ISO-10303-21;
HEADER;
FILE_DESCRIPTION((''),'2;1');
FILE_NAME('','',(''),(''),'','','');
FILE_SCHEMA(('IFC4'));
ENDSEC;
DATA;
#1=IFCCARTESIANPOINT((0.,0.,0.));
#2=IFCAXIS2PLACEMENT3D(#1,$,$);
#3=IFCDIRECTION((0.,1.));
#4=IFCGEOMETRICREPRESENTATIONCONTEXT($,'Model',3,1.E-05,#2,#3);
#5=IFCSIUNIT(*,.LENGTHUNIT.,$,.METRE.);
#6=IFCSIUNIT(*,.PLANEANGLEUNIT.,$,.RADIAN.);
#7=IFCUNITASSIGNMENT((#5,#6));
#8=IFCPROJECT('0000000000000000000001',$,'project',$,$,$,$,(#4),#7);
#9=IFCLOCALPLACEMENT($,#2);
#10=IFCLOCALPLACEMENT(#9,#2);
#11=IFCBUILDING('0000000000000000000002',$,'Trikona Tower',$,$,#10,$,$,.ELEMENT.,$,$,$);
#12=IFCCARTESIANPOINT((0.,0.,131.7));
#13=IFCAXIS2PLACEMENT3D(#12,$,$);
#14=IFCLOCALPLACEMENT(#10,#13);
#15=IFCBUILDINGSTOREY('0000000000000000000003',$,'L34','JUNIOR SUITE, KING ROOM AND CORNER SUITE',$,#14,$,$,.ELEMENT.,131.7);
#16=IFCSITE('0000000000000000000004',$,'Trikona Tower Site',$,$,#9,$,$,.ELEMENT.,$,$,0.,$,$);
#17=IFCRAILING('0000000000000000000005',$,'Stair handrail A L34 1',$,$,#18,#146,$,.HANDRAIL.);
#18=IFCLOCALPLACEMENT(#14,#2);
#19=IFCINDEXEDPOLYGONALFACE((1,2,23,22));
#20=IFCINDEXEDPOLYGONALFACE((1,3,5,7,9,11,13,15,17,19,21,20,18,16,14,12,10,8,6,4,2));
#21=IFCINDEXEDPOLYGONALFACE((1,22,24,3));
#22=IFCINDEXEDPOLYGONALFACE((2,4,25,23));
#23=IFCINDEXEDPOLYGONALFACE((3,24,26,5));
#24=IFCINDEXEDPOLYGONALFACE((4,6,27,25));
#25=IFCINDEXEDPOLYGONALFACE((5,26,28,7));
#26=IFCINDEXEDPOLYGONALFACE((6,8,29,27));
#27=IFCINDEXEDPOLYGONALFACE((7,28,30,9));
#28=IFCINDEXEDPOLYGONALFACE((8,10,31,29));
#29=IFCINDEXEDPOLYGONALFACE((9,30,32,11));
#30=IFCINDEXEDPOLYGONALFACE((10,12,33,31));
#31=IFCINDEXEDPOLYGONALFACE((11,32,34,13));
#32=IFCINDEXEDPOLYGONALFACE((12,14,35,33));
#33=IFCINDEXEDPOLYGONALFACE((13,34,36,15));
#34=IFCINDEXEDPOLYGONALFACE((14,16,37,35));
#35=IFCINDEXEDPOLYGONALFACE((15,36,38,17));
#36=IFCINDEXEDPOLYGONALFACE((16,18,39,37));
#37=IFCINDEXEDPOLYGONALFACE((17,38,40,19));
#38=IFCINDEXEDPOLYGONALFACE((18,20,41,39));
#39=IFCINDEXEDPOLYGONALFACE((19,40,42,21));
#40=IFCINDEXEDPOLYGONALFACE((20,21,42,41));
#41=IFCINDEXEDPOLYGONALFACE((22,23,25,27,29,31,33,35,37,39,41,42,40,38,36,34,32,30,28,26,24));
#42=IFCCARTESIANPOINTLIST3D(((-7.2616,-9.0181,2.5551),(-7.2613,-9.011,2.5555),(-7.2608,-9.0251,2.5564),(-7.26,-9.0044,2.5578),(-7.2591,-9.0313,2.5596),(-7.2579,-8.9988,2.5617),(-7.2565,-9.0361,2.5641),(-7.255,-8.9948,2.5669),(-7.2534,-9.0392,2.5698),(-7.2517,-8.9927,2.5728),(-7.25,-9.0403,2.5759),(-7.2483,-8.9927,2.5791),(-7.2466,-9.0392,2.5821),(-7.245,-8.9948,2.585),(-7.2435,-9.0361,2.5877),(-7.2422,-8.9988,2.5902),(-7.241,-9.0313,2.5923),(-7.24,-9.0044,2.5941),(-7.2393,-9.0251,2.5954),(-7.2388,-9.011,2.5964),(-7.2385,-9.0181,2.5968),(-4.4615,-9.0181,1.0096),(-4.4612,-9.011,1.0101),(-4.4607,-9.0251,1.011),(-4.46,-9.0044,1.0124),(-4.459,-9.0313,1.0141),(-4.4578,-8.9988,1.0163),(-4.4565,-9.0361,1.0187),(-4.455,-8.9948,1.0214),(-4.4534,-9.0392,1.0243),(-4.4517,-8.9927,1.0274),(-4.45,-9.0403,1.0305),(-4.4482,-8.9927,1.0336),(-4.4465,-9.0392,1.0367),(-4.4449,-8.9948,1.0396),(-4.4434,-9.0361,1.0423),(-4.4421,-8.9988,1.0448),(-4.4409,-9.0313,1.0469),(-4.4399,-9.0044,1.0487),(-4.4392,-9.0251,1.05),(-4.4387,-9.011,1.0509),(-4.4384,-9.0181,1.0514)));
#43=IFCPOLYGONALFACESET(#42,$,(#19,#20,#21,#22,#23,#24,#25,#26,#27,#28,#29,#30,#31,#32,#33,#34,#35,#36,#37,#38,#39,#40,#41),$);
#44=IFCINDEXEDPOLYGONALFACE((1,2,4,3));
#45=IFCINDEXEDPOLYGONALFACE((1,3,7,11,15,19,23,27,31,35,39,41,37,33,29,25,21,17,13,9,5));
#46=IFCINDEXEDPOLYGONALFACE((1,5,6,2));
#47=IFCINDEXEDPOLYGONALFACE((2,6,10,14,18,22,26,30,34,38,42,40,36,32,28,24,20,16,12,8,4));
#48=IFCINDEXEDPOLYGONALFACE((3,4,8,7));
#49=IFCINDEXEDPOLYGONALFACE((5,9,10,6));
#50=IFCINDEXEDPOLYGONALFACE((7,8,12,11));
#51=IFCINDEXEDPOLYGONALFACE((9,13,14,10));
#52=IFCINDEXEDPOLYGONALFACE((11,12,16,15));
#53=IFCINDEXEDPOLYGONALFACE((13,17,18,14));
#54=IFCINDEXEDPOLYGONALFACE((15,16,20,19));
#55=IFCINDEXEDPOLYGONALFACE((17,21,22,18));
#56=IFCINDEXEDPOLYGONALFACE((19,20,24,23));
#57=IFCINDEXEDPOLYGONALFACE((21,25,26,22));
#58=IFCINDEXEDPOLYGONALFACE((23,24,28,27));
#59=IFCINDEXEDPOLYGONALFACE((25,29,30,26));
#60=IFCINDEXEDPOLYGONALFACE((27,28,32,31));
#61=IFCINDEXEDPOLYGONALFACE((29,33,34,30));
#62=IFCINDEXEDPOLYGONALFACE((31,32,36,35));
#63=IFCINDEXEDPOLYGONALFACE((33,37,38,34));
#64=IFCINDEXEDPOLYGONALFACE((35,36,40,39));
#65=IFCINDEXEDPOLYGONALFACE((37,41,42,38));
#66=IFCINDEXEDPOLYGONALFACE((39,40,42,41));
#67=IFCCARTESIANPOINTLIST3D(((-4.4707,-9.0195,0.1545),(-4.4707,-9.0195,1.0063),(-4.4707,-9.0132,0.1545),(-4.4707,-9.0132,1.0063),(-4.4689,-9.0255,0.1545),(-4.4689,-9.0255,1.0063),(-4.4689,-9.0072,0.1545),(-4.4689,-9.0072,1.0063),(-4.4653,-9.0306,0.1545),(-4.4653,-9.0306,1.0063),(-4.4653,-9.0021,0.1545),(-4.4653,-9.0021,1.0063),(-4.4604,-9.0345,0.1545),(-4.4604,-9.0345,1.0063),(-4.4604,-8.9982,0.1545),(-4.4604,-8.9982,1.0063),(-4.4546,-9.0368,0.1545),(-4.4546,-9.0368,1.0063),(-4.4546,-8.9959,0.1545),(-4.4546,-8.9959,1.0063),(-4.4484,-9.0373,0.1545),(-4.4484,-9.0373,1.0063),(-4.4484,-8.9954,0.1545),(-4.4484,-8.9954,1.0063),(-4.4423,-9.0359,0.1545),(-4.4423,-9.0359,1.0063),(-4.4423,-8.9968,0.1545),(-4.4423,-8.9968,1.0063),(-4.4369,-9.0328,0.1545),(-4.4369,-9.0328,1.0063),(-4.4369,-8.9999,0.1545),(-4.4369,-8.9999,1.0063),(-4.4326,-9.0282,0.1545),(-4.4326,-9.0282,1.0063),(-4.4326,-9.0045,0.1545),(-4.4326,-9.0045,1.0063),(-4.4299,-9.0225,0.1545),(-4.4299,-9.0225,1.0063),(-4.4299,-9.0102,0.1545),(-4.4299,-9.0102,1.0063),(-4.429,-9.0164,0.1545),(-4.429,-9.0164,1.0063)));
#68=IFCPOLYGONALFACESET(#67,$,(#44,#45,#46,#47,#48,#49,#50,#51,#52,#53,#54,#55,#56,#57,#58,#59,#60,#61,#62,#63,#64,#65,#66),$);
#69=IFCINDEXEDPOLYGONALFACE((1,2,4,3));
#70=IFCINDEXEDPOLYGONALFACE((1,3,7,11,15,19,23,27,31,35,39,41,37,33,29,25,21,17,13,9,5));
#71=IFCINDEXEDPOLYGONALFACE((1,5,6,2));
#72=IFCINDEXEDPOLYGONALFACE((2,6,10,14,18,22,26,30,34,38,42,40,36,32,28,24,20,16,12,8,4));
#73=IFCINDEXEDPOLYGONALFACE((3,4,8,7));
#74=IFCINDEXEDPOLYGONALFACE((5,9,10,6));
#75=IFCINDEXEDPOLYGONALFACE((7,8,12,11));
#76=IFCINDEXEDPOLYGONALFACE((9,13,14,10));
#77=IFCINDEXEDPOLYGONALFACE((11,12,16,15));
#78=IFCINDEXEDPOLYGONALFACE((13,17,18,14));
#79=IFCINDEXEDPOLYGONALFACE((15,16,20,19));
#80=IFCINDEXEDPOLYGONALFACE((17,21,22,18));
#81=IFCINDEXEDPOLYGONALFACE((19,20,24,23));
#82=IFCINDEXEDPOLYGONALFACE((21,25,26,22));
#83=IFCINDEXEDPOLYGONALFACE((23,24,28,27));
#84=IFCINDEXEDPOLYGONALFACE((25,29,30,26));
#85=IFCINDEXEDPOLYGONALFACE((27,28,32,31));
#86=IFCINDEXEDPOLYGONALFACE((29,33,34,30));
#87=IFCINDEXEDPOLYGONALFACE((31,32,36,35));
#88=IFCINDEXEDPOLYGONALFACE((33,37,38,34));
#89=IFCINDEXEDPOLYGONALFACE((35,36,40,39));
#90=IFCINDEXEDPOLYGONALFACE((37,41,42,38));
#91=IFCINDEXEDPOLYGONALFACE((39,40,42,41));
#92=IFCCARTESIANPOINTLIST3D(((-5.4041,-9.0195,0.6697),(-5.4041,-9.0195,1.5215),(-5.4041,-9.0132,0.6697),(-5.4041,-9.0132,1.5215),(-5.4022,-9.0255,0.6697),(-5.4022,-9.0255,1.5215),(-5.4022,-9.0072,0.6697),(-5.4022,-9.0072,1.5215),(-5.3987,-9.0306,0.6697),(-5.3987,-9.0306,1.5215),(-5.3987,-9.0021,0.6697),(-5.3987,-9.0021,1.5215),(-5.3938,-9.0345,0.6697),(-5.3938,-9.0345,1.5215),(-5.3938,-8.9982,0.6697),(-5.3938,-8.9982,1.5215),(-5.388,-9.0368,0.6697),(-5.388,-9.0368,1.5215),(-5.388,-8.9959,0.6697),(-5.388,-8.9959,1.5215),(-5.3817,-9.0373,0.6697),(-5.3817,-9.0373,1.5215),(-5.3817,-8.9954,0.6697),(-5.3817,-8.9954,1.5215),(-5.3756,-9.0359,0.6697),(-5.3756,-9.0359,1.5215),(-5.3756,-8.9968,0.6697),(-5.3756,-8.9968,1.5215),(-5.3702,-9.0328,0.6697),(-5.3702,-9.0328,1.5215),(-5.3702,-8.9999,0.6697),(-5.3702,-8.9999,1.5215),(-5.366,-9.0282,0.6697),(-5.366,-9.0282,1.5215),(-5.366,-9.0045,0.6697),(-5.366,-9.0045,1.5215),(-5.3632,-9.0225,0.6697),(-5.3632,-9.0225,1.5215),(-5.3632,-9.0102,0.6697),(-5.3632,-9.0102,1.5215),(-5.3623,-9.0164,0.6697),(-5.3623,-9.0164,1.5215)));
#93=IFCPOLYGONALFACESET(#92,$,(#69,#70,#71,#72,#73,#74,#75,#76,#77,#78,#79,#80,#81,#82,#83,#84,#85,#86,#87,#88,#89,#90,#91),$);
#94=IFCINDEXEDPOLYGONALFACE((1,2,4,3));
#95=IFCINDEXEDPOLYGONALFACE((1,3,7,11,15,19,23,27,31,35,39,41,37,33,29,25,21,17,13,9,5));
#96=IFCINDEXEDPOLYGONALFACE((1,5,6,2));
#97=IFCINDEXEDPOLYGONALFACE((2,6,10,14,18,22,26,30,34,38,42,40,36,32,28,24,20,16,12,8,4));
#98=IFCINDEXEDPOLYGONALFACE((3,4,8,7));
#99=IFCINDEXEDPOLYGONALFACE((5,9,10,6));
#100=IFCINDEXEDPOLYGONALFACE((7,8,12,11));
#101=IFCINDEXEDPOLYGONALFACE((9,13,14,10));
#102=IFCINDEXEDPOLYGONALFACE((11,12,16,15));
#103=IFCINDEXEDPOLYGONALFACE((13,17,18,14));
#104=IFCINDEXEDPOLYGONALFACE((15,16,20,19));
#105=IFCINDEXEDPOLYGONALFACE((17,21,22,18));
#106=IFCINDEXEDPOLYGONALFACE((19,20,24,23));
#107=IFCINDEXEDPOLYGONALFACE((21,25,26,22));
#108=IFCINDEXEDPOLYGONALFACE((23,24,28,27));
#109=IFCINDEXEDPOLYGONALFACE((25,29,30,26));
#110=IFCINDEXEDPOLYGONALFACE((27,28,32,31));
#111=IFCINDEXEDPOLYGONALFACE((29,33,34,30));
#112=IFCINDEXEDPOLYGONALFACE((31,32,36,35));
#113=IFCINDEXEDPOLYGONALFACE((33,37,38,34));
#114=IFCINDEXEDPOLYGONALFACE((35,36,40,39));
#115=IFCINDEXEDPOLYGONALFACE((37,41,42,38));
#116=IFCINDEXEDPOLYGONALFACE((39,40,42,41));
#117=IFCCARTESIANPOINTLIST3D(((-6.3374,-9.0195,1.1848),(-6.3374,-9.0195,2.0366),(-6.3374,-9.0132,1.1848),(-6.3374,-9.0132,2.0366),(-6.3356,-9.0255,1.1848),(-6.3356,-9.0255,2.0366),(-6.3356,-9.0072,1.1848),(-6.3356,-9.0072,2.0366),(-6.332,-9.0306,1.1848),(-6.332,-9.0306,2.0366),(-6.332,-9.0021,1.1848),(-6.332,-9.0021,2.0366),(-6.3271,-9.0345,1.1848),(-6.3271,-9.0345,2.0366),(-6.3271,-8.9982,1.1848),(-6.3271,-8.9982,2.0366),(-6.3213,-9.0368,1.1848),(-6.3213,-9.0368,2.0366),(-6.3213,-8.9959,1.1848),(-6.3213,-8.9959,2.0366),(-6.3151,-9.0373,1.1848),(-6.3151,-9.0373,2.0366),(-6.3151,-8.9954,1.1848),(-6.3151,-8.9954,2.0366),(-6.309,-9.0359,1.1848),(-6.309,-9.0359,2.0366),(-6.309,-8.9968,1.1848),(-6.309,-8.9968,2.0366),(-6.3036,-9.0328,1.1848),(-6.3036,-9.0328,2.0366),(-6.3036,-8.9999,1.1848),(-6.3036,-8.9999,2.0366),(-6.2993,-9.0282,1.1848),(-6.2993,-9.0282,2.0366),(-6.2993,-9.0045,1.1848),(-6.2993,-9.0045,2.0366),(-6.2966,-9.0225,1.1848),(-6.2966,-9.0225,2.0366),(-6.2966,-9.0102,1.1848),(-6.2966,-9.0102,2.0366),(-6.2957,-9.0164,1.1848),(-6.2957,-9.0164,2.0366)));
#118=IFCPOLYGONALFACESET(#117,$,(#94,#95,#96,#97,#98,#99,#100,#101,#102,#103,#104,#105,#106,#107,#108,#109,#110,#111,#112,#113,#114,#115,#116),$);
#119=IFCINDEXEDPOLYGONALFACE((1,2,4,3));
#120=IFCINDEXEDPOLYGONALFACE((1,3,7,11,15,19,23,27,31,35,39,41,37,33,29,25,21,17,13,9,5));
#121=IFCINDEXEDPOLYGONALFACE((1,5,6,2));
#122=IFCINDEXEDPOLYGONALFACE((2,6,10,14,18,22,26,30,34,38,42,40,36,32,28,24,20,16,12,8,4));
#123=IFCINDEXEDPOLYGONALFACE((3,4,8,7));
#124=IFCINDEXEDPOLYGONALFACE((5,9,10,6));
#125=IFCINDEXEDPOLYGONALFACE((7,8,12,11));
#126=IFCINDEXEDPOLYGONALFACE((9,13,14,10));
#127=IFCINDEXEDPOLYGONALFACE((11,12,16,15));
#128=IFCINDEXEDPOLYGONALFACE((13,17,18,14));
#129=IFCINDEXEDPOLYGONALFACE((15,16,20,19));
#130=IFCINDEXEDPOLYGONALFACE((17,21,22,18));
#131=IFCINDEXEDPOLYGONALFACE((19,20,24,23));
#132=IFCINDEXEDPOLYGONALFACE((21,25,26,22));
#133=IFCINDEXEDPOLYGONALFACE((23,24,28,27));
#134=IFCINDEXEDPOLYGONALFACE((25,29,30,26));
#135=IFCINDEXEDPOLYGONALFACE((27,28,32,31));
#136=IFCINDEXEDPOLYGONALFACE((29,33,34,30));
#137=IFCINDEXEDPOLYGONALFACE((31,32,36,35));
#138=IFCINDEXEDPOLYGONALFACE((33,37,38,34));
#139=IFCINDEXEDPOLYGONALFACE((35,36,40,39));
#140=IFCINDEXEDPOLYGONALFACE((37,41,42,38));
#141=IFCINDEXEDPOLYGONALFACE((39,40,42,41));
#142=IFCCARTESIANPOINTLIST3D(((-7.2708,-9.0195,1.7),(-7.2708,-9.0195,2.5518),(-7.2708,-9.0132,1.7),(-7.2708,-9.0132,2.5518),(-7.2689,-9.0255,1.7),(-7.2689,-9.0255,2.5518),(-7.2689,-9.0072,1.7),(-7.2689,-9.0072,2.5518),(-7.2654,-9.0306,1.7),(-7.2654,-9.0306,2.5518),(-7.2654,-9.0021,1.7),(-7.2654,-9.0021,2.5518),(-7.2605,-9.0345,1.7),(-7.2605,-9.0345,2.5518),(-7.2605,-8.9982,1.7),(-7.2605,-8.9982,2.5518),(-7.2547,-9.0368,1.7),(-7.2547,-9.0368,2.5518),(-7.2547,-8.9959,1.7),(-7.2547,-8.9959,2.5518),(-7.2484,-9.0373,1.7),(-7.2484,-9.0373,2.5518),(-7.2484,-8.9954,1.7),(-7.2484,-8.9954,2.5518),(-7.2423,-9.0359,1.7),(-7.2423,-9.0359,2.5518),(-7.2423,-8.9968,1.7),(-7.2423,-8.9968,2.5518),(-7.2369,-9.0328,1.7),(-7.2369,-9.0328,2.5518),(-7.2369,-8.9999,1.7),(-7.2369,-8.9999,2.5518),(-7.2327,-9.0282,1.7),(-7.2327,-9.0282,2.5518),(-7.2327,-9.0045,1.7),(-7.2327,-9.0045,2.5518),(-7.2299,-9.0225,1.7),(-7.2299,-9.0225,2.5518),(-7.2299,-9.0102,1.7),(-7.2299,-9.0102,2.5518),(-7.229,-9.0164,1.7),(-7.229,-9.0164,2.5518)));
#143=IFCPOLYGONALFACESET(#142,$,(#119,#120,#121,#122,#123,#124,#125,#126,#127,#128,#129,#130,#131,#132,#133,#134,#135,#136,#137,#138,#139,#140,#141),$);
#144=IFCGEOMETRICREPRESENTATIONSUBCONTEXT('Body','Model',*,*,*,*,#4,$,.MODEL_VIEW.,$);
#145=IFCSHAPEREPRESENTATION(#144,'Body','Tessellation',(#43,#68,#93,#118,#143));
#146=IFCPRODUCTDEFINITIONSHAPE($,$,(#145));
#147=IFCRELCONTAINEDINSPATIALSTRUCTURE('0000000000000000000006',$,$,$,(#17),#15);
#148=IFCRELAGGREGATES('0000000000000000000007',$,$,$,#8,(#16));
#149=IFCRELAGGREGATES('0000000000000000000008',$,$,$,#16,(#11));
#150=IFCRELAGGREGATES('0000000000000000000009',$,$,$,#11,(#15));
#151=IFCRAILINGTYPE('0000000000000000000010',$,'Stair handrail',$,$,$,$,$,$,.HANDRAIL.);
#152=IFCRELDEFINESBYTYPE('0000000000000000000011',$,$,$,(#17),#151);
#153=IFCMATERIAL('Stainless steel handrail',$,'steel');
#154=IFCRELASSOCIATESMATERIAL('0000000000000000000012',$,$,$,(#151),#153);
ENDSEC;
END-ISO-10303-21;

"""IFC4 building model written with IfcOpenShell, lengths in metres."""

from ifc_helpers import new_model, si_unit, direction, frame, origin, origin_2d, place, context, subcontext, project, spatial, circle, extrude, material, type_object, element, save


model = new_model("IFC4")

# Units and contexts
model_context = context("Model", 3, precision=1e-05, world=origin(), true_north=direction((0.0, 1.0)))
body_context = subcontext(model_context, "Body", "Model", "MODEL_VIEW")
ifc_project = project(units=[si_unit("LENGTHUNIT", "METRE"), si_unit("PLANEANGLEUNIT", "RADIAN")], contexts=[model_context])

# Site, building, storey
site_placement = place(None, origin())
site = spatial("IfcSite", under=ifc_project, at=site_placement, Name="Trikona Tower Site", CompositionType="ELEMENT", RefElevation=0.0)
building_placement = place(site_placement, origin())
building = spatial("IfcBuilding", under=site, at=building_placement, Name="Trikona Tower", CompositionType="ELEMENT")
storey_placement = place(building_placement, frame((0.0, 0.0, 131.7)))
storey = spatial("IfcBuildingStorey", under=building, at=storey_placement, Name="L34", Description="JUNIOR SUITE, KING ROOM AND CORNER SUITE", CompositionType="ELEMENT", Elevation=131.7)

# Railing
ifc_material_1 = material(Name="Stainless steel handrail", Category="steel")
railing_type = type_object("IfcRailingType", Name="Stair handrail", PredefinedType="HANDRAIL", material=ifc_material_1)
railing_placement = place(storey_placement, frame((-4.45, -9.0164, 0.1545)))
element("IfcRailing", 1, at=railing_placement, inside=storey, type_object=railing_type, Name="Stair handrail A L34 1", PredefinedType="HANDRAIL", context=body_context, shape_type="SweptSolid", body=[
    extrude(circle(Radius=0.0239, at=origin_2d()), frame((0.0, 0.0, 0.876), z_axis=(-0.875504, 0.0, 0.483211), x_axis=(0.0, -1.0, 0.0)), (0.0, 0.0, 1.0), 3.1982),
    extrude(circle(Radius=0.021, at=origin_2d()), origin(), (0.0, 0.0, 1.0), 0.8518),
    extrude(circle(Radius=0.021, at=origin_2d()), frame((-0.9333, 0.0, 0.5151)), (0.0, 0.0, 1.0), 0.8518),
    extrude(circle(Radius=0.021, at=origin_2d()), frame((-1.8667, 0.0, 1.0303)), (0.0, 0.0, 1.0), 0.8518),
    extrude(circle(Radius=0.021, at=origin_2d()), frame((-2.8, 0.0, 1.5454)), (0.0, 0.0, 1.0), 0.8518),
])

save(model, "model.ifc")
